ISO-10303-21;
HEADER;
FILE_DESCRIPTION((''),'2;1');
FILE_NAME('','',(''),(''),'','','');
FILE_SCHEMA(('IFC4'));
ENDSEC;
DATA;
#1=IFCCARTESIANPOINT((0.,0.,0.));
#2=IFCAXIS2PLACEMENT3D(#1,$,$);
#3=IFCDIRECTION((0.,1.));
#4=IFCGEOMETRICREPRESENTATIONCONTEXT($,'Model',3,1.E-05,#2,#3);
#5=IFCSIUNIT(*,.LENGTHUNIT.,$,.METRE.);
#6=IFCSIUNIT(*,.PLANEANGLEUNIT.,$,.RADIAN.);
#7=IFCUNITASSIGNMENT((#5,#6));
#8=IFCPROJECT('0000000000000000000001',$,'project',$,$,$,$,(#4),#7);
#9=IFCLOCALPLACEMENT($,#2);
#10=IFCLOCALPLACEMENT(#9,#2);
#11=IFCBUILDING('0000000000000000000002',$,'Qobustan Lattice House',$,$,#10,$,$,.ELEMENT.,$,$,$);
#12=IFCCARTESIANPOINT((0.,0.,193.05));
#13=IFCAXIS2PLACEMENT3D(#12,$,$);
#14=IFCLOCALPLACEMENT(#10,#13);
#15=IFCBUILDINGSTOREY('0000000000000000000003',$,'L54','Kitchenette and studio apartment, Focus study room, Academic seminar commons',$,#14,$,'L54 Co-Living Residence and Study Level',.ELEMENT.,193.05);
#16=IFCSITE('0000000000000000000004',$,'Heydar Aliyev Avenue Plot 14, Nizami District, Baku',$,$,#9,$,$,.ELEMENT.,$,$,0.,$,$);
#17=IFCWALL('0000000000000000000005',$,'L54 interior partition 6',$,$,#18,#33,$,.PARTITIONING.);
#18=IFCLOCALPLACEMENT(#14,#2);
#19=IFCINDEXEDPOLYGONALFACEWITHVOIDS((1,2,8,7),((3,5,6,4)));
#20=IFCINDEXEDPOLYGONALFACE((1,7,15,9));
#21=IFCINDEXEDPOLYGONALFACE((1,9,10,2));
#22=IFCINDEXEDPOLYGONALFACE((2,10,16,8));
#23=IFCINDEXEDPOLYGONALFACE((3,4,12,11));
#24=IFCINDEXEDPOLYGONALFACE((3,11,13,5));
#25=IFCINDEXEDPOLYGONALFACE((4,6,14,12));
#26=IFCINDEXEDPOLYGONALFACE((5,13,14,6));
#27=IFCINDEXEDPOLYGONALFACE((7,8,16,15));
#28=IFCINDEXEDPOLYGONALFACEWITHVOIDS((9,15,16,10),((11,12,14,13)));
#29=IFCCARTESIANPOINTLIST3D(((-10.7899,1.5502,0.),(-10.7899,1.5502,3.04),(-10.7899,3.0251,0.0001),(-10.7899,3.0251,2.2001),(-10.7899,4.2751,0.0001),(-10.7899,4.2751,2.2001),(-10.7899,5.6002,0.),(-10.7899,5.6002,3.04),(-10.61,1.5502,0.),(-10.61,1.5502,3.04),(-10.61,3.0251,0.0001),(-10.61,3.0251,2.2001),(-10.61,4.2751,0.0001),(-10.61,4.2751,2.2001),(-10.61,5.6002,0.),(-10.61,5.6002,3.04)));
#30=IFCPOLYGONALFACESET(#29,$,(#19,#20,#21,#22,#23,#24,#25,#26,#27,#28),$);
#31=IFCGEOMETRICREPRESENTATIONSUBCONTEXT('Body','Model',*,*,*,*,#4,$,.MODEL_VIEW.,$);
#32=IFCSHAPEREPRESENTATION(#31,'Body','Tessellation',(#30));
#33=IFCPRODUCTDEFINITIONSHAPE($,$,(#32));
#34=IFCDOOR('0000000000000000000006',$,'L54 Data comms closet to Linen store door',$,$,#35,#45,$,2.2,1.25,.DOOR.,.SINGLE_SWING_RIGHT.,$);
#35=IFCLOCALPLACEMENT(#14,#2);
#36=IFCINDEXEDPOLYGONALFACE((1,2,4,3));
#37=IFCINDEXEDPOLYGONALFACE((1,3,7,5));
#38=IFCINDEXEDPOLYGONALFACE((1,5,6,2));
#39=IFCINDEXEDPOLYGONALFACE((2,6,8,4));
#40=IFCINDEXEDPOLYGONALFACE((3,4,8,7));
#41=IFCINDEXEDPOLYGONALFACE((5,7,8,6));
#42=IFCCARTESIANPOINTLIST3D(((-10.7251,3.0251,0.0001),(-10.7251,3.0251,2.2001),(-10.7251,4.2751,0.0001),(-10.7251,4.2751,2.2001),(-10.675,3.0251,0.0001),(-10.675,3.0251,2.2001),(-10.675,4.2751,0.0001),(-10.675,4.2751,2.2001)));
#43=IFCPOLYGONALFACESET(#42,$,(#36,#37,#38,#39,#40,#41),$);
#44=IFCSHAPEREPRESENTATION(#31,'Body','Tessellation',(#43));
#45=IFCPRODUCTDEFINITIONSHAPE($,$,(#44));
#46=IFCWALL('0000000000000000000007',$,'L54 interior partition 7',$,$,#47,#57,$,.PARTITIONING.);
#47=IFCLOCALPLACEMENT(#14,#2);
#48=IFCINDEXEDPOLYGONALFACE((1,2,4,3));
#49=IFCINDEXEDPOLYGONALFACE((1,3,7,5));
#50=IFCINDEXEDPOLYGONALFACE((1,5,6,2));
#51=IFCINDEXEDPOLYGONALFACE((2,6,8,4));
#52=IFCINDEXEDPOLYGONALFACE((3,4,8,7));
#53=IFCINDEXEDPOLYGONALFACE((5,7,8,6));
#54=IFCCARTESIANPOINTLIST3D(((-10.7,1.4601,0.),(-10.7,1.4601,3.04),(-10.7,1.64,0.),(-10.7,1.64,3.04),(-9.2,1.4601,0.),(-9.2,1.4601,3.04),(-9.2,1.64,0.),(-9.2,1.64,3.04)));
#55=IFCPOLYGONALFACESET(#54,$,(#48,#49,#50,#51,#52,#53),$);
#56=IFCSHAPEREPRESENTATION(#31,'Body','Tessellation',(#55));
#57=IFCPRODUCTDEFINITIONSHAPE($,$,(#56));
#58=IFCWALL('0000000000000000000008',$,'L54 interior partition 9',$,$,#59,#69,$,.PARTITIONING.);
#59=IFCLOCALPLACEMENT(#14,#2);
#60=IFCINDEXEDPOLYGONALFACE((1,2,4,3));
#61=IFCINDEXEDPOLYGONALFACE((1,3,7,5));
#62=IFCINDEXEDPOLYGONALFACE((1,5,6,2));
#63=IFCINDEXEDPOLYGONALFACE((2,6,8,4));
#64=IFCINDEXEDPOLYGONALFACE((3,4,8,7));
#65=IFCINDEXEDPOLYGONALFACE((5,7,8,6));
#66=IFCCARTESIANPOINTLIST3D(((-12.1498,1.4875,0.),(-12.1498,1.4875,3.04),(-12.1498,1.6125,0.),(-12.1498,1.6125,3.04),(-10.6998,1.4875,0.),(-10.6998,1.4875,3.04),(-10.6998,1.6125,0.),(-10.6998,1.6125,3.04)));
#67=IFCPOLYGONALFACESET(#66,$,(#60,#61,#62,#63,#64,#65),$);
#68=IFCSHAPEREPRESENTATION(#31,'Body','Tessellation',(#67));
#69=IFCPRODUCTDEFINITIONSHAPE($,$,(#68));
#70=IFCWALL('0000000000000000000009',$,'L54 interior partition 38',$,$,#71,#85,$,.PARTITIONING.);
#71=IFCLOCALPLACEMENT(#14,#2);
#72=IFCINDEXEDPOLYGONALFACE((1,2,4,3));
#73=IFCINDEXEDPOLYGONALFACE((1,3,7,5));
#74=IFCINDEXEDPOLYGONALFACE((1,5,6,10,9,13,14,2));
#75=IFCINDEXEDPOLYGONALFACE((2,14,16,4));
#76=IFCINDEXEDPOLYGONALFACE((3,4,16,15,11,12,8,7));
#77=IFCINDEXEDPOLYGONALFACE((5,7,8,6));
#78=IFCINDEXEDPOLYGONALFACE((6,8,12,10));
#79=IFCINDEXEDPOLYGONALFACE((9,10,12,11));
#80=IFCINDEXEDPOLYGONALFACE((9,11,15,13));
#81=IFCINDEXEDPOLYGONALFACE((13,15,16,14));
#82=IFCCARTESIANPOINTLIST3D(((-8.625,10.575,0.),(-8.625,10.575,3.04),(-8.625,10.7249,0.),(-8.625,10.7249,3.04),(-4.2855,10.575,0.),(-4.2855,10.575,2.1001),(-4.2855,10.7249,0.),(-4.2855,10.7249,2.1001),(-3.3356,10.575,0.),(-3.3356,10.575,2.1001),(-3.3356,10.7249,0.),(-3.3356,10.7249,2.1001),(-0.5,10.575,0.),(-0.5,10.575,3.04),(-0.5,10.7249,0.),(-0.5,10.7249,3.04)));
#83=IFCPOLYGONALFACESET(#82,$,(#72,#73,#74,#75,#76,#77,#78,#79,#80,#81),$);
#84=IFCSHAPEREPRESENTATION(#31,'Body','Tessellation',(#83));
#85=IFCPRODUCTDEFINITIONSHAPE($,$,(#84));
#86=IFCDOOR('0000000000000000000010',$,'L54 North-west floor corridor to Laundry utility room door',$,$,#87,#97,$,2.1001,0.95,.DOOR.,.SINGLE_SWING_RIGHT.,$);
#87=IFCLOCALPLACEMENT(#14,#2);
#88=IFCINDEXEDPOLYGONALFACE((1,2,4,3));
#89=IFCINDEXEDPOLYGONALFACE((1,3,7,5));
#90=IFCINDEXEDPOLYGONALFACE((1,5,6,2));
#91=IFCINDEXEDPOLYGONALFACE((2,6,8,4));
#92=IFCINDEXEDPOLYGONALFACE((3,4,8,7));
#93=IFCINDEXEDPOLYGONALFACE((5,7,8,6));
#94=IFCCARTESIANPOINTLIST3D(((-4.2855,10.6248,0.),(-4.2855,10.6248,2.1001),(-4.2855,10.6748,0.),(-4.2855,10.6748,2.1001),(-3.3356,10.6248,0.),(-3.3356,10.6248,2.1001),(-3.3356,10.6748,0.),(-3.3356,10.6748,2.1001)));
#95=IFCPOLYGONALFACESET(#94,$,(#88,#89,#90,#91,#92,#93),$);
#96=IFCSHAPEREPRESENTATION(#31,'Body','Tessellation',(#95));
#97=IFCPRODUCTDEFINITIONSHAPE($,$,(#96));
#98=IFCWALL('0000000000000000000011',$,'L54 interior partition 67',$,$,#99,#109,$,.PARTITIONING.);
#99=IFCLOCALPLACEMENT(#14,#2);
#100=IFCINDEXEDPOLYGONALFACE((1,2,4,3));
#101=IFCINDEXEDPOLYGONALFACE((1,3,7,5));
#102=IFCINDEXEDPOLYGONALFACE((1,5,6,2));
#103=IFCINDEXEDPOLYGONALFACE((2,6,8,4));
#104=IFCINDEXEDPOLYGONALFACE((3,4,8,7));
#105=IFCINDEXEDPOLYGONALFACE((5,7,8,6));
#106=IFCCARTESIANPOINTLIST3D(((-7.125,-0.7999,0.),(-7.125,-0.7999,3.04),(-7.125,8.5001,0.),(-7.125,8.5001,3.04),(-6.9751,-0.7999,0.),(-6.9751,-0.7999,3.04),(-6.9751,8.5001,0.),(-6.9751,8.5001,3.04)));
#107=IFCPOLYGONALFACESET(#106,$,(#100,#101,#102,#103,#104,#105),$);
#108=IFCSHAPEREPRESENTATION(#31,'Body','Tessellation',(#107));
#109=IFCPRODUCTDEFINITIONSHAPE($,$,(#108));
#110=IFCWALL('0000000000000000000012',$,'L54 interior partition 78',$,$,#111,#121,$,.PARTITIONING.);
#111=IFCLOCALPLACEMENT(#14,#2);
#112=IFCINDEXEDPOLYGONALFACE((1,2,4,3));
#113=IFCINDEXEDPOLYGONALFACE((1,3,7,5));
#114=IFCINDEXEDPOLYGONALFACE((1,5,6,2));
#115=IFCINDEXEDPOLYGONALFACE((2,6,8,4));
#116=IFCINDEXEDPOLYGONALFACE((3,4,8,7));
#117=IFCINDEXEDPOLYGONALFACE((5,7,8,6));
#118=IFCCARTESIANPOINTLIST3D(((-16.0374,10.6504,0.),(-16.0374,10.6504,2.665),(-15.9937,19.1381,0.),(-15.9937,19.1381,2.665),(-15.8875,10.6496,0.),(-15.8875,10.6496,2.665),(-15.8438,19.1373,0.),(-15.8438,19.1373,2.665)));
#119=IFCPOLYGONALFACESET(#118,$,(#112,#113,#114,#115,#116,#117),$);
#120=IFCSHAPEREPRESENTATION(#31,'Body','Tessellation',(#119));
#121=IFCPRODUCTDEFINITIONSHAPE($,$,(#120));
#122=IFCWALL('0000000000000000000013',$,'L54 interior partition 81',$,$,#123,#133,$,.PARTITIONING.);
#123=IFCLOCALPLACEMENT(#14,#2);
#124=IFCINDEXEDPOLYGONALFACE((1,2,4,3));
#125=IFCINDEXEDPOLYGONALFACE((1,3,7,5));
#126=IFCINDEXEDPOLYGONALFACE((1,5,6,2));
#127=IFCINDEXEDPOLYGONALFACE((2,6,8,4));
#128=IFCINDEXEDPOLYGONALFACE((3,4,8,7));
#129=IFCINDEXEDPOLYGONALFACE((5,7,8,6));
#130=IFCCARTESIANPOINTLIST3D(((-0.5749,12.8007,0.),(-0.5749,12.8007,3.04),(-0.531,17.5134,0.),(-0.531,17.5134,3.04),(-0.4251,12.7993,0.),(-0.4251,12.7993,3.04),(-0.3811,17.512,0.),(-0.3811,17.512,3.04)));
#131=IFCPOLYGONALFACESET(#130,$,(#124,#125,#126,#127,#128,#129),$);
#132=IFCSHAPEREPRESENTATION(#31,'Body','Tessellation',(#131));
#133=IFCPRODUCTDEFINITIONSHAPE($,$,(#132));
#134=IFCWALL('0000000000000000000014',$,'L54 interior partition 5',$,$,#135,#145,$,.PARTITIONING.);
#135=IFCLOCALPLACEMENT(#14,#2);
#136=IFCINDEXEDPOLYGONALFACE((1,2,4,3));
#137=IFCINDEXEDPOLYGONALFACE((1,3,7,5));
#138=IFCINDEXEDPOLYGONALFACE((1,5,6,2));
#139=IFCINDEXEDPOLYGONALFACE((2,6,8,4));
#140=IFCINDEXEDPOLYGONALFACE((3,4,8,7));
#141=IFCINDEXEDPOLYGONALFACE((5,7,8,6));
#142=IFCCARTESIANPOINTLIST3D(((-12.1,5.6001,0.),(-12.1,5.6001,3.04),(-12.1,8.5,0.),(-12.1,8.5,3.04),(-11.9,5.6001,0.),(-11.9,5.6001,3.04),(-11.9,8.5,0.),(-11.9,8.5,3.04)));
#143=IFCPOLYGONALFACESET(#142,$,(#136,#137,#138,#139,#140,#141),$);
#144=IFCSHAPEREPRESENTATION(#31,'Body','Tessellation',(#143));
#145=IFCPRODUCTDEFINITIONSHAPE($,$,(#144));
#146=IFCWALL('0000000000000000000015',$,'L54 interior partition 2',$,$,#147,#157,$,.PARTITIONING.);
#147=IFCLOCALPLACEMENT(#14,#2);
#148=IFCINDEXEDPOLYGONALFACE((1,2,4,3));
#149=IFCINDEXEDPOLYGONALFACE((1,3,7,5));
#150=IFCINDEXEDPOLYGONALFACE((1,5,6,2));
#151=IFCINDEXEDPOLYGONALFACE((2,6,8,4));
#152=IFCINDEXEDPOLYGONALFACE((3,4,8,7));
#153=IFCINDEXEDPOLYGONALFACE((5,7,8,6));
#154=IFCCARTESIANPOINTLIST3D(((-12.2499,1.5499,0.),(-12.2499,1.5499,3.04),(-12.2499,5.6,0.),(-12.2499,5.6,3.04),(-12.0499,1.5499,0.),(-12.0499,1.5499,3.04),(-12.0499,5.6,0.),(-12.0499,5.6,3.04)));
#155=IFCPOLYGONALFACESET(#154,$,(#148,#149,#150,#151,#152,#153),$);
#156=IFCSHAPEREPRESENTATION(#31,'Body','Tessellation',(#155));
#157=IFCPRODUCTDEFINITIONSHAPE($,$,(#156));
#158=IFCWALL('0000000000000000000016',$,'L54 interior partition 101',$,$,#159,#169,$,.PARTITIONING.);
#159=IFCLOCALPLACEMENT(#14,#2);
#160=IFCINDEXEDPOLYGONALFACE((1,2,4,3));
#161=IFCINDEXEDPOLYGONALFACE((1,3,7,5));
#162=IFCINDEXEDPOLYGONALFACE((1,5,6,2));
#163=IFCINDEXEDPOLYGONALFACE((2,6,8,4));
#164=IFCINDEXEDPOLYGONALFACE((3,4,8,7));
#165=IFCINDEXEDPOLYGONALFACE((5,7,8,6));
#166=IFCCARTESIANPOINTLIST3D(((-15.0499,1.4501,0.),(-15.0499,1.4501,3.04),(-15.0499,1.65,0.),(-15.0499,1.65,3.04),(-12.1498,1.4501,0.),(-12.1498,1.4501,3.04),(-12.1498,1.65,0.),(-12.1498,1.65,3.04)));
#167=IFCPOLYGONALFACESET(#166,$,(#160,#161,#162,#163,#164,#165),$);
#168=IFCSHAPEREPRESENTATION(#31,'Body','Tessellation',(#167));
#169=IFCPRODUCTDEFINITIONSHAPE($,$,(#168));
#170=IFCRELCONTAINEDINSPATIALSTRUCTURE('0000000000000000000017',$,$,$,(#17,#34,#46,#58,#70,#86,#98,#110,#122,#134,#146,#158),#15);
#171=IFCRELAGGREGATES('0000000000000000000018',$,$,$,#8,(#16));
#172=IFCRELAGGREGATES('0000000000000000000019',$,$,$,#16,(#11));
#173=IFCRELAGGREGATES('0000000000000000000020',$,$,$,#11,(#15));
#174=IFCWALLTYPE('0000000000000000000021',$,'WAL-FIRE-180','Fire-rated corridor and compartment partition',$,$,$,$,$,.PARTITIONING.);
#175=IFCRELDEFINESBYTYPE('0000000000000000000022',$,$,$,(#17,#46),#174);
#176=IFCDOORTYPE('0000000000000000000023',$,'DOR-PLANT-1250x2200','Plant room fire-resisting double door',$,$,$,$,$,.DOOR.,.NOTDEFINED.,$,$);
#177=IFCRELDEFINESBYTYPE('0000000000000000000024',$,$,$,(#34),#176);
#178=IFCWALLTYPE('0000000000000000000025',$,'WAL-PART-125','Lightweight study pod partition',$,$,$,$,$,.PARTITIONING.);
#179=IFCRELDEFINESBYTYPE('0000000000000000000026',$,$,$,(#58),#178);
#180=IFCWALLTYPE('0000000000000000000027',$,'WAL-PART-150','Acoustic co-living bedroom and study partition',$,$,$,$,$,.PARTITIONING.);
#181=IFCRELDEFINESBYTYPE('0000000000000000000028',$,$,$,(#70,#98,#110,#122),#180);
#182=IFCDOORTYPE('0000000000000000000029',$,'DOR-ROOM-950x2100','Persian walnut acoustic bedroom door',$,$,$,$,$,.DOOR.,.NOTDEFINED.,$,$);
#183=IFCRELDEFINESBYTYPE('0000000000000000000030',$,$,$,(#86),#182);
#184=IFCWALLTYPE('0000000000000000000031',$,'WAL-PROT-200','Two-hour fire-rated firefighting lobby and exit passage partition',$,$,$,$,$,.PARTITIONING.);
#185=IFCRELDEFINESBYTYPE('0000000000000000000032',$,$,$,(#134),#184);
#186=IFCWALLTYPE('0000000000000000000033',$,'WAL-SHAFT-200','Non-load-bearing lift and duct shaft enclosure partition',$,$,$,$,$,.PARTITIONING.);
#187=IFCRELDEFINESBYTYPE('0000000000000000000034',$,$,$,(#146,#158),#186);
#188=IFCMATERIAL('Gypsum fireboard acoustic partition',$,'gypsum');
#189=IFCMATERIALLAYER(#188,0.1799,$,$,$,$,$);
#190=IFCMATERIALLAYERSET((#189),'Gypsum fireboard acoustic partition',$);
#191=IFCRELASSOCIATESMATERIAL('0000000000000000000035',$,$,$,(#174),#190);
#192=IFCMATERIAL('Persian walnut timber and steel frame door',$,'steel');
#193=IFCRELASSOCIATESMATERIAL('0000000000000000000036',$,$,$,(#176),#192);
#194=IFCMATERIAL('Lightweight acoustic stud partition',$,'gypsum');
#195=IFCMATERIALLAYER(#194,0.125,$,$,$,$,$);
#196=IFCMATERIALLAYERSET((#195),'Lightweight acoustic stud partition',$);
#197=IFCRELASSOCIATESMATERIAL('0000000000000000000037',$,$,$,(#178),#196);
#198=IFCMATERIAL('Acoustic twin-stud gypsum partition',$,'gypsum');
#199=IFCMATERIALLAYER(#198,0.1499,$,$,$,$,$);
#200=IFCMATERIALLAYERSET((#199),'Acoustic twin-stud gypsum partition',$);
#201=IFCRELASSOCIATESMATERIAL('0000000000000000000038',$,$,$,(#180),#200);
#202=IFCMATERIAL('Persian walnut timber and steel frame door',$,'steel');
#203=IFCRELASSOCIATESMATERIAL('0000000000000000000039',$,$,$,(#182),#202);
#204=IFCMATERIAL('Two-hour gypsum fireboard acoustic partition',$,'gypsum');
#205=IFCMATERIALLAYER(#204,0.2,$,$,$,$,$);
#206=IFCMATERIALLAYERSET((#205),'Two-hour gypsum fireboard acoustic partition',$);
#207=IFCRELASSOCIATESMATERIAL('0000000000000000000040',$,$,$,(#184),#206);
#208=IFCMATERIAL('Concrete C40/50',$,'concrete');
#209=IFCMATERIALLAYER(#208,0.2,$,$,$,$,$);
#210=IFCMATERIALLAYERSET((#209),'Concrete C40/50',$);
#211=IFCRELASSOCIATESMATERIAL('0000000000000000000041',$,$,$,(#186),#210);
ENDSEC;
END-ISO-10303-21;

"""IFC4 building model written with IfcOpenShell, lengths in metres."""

from ifc_helpers import new_model, si_unit, direction, frame, frame_2d, origin, place, context, subcontext, project, spatial, rectangle, extrude, material, layer, layer_set, type_object, element, fill, save


model = new_model("IFC4")

# Units and contexts
model_context = context("Model", 3, precision=1e-05, world=origin(), true_north=direction((0.0, 1.0)))
body_context = subcontext(model_context, "Body", "Model", "MODEL_VIEW")
ifc_project = project(units=[si_unit("LENGTHUNIT", "METRE"), si_unit("PLANEANGLEUNIT", "RADIAN")], contexts=[model_context])

# Site, building, storey
site_placement = place(None, origin())
site = spatial("IfcSite", under=ifc_project, at=site_placement, Name="Heydar Aliyev Avenue Plot 14, Nizami District, Baku", CompositionType="ELEMENT", RefElevation=0.0)
building_placement = place(site_placement, origin())
building = spatial("IfcBuilding", under=site, at=building_placement, Name="Qobustan Lattice House", CompositionType="ELEMENT")
storey_placement = place(building_placement, frame((0.0, 0.0, 193.05)))
storey = spatial("IfcBuildingStorey", under=building, at=storey_placement, Name="L54", Description="Kitchenette and studio apartment, Focus study room, Academic seminar commons", LongName="L54 Co-Living Residence and Study Level", CompositionType="ELEMENT", Elevation=193.05)

# Wall, opening, door
ifc_material_1 = material(Name="Gypsum fireboard acoustic partition", Category="gypsum")
ifc_layer_1 = layer(ifc_material_1, 0.1799)
ifc_layer_set_1 = layer_set([ifc_layer_1], Name="Gypsum fireboard acoustic partition")
wall_type_1 = type_object("IfcWallType", Name="WAL-FIRE-180", Description="Fire-rated corridor and compartment partition", PredefinedType="PARTITIONING", material=ifc_layer_set_1)
wall_1_placement = place(storey_placement, frame((-10.7, 5.6001, 0.0), z_axis=(0.0, 0.0, 1.0), x_axis=(0.0, -1.0, 0.0)))
wall_1 = element("IfcWall", 1, at=wall_1_placement, inside=storey, type_object=wall_type_1, Name="L54 interior partition 6", PredefinedType="PARTITIONING", context=body_context, shape_type="SweptSolid", body=[
    extrude(rectangle(XDim=4.05, YDim=0.1799, at=frame_2d((2.0249, 0.0))), origin(), (0.0, 0.0, 1.0), 3.04),
])
opening_1_placement = place(wall_1_placement, frame((1.325, 0.0, 0.0)))
opening_1 = element("IfcOpeningElement", 2, at=opening_1_placement, cuts=wall_1, PredefinedType="OPENING", context=body_context, shape_type="SweptSolid", body=[
    extrude(rectangle(XDim=1.25, YDim=2.2, at=frame_2d((0.625, 1.1001))), frame((0.0, 0.0999, 0.0), z_axis=(0.0, -1.0, 0.0), x_axis=(1.0, 0.0, 0.0)), (0.0, 0.0, 1.0), 0.2),
])
ifc_material_2 = material(Name="Persian walnut timber and steel frame door", Category="steel")
door_type_1 = type_object("IfcDoorType", Name="DOR-PLANT-1250x2200", Description="Plant room fire-resisting double door", OperationType="NOTDEFINED", PredefinedType="DOOR", material=ifc_material_2)
door_1_placement = place(opening_1_placement, origin())
door_1 = element("IfcDoor", 3, at=door_1_placement, inside=storey, type_object=door_type_1, Name="L54 Data comms closet to Linen store door", OperationType="SINGLE_SWING_RIGHT", OverallHeight=2.2, OverallWidth=1.25, PredefinedType="DOOR", context=body_context, shape_type="SweptSolid", body=[
    extrude(rectangle(XDim=1.25, YDim=2.2, at=frame_2d((0.625, 1.1001))), frame((0.0, 0.0249, 0.0), z_axis=(0.0, -1.0, 0.0), x_axis=(1.0, 0.0, 0.0)), (0.0, 0.0, 1.0), 0.05),
])
fill(opening_1, door_1)

# Walls
wall_2_placement = place(storey_placement, frame((-10.7, 1.55, 0.0), z_axis=(0.0, 0.0, 1.0), x_axis=(1.0, 0.0, 0.0)))
element("IfcWall", 4, at=wall_2_placement, inside=storey, type_object=wall_type_1, Name="L54 interior partition 7", PredefinedType="PARTITIONING", context=body_context, shape_type="SweptSolid", body=[
    extrude(rectangle(XDim=1.5, YDim=0.1799, at=frame_2d((0.75, 0.0))), origin(), (0.0, 0.0, 1.0), 3.04),
])
ifc_material_3 = material(Name="Lightweight acoustic stud partition", Category="gypsum")
ifc_layer_2 = layer(ifc_material_3, 0.125)
ifc_layer_set_2 = layer_set([ifc_layer_2], Name="Lightweight acoustic stud partition")
wall_type_2 = type_object("IfcWallType", Name="WAL-PART-125", Description="Lightweight study pod partition", PredefinedType="PARTITIONING", material=ifc_layer_set_2)
wall_3_placement = place(storey_placement, frame((-12.1499, 1.55, 0.0), z_axis=(0.0, 0.0, 1.0), x_axis=(1.0, 0.0, 0.0)))
element("IfcWall", 5, at=wall_3_placement, inside=storey, type_object=wall_type_2, Name="L54 interior partition 9", PredefinedType="PARTITIONING", context=body_context, shape_type="SweptSolid", body=[
    extrude(rectangle(XDim=1.45, YDim=0.125, at=frame_2d((0.7251, 0.0))), origin(), (0.0, 0.0, 1.0), 3.04),
])

# Wall, opening, door
ifc_material_4 = material(Name="Acoustic twin-stud gypsum partition", Category="gypsum")
ifc_layer_3 = layer(ifc_material_4, 0.1499)
ifc_layer_set_3 = layer_set([ifc_layer_3], Name="Acoustic twin-stud gypsum partition")
wall_type_3 = type_object("IfcWallType", Name="WAL-PART-150", Description="Acoustic co-living bedroom and study partition", PredefinedType="PARTITIONING", material=ifc_layer_set_3)
wall_4_placement = place(storey_placement, frame((-8.625, 10.6499, 0.0), z_axis=(0.0, 0.0, 1.0), x_axis=(1.0, 0.0, 0.0)))
wall_4 = element("IfcWall", 6, at=wall_4_placement, inside=storey, type_object=wall_type_3, Name="L54 interior partition 38", PredefinedType="PARTITIONING", context=body_context, shape_type="SweptSolid", body=[
    extrude(rectangle(XDim=8.125, YDim=0.1499, at=frame_2d((4.0625, 0.0))), origin(), (0.0, 0.0, 1.0), 3.04),
])
opening_2_placement = place(wall_4_placement, frame((4.3394, 0.0, 0.0)))
opening_2 = element("IfcOpeningElement", 7, at=opening_2_placement, cuts=wall_4, PredefinedType="OPENING", context=body_context, shape_type="SweptSolid", body=[
    extrude(rectangle(XDim=0.95, YDim=2.1001, at=frame_2d((0.4751, 1.05))), frame((0.0, 0.085, 0.0), z_axis=(0.0, -1.0, 0.0), x_axis=(1.0, 0.0, 0.0)), (0.0, 0.0, 1.0), 0.1699),
])
ifc_material_5 = material(Name="Persian walnut timber and steel frame door", Category="steel")
door_type_2 = type_object("IfcDoorType", Name="DOR-ROOM-950x2100", Description="Persian walnut acoustic bedroom door", OperationType="NOTDEFINED", PredefinedType="DOOR", material=ifc_material_5)
door_2_placement = place(opening_2_placement, origin())
door_2 = element("IfcDoor", 8, at=door_2_placement, inside=storey, type_object=door_type_2, Name="L54 North-west floor corridor to Laundry utility room door", OperationType="SINGLE_SWING_RIGHT", OverallHeight=2.1001, OverallWidth=0.95, PredefinedType="DOOR", context=body_context, shape_type="SweptSolid", body=[
    extrude(rectangle(XDim=0.95, YDim=2.1001, at=frame_2d((0.4751, 1.05))), frame((0.0, 0.0249, 0.0), z_axis=(0.0, -1.0, 0.0), x_axis=(1.0, 0.0, 0.0)), (0.0, 0.0, 1.0), 0.05),
])
fill(opening_2, door_2)

# Walls
wall_5_placement = place(storey_placement, frame((-7.05, 8.5, 0.0), z_axis=(0.0, 0.0, 1.0), x_axis=(0.0, -1.0, 0.0)))
element("IfcWall", 9, at=wall_5_placement, inside=storey, type_object=wall_type_3, Name="L54 interior partition 67", PredefinedType="PARTITIONING", context=body_context, shape_type="SweptSolid", body=[
    extrude(rectangle(XDim=9.3, YDim=0.1499, at=frame_2d((4.6499, 0.0))), origin(), (0.0, 0.0, 1.0), 3.04),
])
wall_6_placement = place(storey_placement, frame((-15.9187, 19.1377, 0.0), z_axis=(0.0, 0.0, 1.0), x_axis=(-0.005149, -0.999987, 0.0)))
element("IfcWall", 10, at=wall_6_placement, inside=storey, type_object=wall_type_3, Name="L54 interior partition 78", PredefinedType="PARTITIONING", context=body_context, shape_type="SweptSolid", body=[
    extrude(rectangle(XDim=8.4878, YDim=0.1499, at=frame_2d((4.2439, 0.0))), origin(), (0.0, 0.0, 1.0), 2.665),
])
wall_7_placement = place(storey_placement, frame((-0.4561, 17.5127, 0.0), z_axis=(0.0, 0.0, 1.0), x_axis=(-0.009325, -0.999957, 0.0)))
element("IfcWall", 11, at=wall_7_placement, inside=storey, type_object=wall_type_3, Name="L54 interior partition 81", PredefinedType="PARTITIONING", context=body_context, shape_type="SweptSolid", body=[
    extrude(rectangle(XDim=4.7129, YDim=0.1499, at=frame_2d((2.3564, 0.0))), origin(), (0.0, 0.0, 1.0), 3.04),
])

# Shared definitions
ifc_material_6 = material(Name="Two-hour gypsum fireboard acoustic partition", Category="gypsum")
ifc_layer_4 = layer(ifc_material_6, 0.2)
ifc_layer_set_4 = layer_set([ifc_layer_4], Name="Two-hour gypsum fireboard acoustic partition")
wall_type_4 = type_object("IfcWallType", Name="WAL-PROT-200", Description="Two-hour fire-rated firefighting lobby and exit passage partition", PredefinedType="PARTITIONING", material=ifc_layer_set_4)

# Walls
wall_8_placement = place(storey_placement, frame((-12.0, 5.6001, 0.0), z_axis=(0.0, 0.0, 1.0), x_axis=(0.0, 1.0, 0.0)))
element("IfcWall", 12, at=wall_8_placement, inside=storey, type_object=wall_type_4, Name="L54 interior partition 5", PredefinedType="PARTITIONING", context=body_context, shape_type="SweptSolid", body=[
    extrude(rectangle(XDim=2.8999, YDim=0.2, at=frame_2d((1.45, 0.0))), origin(), (0.0, 0.0, 1.0), 3.04),
])
ifc_material_7 = material(Name="Concrete C40/50", Category="concrete")
ifc_layer_5 = layer(ifc_material_7, 0.2)
ifc_layer_set_5 = layer_set([ifc_layer_5], Name="Concrete C40/50")
wall_type_5 = type_object("IfcWallType", Name="WAL-SHAFT-200", Description="Non-load-bearing lift and duct shaft enclosure partition", PredefinedType="PARTITIONING", material=ifc_layer_set_5)
wall_9_placement = place(storey_placement, frame((-12.1499, 1.55, 0.0), z_axis=(0.0, 0.0, 1.0), x_axis=(0.0, 1.0, 0.0)))
element("IfcWall", 13, at=wall_9_placement, inside=storey, type_object=wall_type_5, Name="L54 interior partition 2", PredefinedType="PARTITIONING", context=body_context, shape_type="SweptSolid", body=[
    extrude(rectangle(XDim=4.05, YDim=0.2, at=frame_2d((2.0249, 0.0))), origin(), (0.0, 0.0, 1.0), 3.04),
])
wall_10_placement = place(storey_placement, frame((-15.05, 1.55, 0.0), z_axis=(0.0, 0.0, 1.0), x_axis=(1.0, 0.0, 0.0)))
element("IfcWall", 14, at=wall_10_placement, inside=storey, type_object=wall_type_5, Name="L54 interior partition 101", PredefinedType="PARTITIONING", context=body_context, shape_type="SweptSolid", body=[
    extrude(rectangle(XDim=2.9001, YDim=0.2, at=frame_2d((1.4502, 0.0))), origin(), (0.0, 0.0, 1.0), 3.04),
])

save(model, "model.ifc")
